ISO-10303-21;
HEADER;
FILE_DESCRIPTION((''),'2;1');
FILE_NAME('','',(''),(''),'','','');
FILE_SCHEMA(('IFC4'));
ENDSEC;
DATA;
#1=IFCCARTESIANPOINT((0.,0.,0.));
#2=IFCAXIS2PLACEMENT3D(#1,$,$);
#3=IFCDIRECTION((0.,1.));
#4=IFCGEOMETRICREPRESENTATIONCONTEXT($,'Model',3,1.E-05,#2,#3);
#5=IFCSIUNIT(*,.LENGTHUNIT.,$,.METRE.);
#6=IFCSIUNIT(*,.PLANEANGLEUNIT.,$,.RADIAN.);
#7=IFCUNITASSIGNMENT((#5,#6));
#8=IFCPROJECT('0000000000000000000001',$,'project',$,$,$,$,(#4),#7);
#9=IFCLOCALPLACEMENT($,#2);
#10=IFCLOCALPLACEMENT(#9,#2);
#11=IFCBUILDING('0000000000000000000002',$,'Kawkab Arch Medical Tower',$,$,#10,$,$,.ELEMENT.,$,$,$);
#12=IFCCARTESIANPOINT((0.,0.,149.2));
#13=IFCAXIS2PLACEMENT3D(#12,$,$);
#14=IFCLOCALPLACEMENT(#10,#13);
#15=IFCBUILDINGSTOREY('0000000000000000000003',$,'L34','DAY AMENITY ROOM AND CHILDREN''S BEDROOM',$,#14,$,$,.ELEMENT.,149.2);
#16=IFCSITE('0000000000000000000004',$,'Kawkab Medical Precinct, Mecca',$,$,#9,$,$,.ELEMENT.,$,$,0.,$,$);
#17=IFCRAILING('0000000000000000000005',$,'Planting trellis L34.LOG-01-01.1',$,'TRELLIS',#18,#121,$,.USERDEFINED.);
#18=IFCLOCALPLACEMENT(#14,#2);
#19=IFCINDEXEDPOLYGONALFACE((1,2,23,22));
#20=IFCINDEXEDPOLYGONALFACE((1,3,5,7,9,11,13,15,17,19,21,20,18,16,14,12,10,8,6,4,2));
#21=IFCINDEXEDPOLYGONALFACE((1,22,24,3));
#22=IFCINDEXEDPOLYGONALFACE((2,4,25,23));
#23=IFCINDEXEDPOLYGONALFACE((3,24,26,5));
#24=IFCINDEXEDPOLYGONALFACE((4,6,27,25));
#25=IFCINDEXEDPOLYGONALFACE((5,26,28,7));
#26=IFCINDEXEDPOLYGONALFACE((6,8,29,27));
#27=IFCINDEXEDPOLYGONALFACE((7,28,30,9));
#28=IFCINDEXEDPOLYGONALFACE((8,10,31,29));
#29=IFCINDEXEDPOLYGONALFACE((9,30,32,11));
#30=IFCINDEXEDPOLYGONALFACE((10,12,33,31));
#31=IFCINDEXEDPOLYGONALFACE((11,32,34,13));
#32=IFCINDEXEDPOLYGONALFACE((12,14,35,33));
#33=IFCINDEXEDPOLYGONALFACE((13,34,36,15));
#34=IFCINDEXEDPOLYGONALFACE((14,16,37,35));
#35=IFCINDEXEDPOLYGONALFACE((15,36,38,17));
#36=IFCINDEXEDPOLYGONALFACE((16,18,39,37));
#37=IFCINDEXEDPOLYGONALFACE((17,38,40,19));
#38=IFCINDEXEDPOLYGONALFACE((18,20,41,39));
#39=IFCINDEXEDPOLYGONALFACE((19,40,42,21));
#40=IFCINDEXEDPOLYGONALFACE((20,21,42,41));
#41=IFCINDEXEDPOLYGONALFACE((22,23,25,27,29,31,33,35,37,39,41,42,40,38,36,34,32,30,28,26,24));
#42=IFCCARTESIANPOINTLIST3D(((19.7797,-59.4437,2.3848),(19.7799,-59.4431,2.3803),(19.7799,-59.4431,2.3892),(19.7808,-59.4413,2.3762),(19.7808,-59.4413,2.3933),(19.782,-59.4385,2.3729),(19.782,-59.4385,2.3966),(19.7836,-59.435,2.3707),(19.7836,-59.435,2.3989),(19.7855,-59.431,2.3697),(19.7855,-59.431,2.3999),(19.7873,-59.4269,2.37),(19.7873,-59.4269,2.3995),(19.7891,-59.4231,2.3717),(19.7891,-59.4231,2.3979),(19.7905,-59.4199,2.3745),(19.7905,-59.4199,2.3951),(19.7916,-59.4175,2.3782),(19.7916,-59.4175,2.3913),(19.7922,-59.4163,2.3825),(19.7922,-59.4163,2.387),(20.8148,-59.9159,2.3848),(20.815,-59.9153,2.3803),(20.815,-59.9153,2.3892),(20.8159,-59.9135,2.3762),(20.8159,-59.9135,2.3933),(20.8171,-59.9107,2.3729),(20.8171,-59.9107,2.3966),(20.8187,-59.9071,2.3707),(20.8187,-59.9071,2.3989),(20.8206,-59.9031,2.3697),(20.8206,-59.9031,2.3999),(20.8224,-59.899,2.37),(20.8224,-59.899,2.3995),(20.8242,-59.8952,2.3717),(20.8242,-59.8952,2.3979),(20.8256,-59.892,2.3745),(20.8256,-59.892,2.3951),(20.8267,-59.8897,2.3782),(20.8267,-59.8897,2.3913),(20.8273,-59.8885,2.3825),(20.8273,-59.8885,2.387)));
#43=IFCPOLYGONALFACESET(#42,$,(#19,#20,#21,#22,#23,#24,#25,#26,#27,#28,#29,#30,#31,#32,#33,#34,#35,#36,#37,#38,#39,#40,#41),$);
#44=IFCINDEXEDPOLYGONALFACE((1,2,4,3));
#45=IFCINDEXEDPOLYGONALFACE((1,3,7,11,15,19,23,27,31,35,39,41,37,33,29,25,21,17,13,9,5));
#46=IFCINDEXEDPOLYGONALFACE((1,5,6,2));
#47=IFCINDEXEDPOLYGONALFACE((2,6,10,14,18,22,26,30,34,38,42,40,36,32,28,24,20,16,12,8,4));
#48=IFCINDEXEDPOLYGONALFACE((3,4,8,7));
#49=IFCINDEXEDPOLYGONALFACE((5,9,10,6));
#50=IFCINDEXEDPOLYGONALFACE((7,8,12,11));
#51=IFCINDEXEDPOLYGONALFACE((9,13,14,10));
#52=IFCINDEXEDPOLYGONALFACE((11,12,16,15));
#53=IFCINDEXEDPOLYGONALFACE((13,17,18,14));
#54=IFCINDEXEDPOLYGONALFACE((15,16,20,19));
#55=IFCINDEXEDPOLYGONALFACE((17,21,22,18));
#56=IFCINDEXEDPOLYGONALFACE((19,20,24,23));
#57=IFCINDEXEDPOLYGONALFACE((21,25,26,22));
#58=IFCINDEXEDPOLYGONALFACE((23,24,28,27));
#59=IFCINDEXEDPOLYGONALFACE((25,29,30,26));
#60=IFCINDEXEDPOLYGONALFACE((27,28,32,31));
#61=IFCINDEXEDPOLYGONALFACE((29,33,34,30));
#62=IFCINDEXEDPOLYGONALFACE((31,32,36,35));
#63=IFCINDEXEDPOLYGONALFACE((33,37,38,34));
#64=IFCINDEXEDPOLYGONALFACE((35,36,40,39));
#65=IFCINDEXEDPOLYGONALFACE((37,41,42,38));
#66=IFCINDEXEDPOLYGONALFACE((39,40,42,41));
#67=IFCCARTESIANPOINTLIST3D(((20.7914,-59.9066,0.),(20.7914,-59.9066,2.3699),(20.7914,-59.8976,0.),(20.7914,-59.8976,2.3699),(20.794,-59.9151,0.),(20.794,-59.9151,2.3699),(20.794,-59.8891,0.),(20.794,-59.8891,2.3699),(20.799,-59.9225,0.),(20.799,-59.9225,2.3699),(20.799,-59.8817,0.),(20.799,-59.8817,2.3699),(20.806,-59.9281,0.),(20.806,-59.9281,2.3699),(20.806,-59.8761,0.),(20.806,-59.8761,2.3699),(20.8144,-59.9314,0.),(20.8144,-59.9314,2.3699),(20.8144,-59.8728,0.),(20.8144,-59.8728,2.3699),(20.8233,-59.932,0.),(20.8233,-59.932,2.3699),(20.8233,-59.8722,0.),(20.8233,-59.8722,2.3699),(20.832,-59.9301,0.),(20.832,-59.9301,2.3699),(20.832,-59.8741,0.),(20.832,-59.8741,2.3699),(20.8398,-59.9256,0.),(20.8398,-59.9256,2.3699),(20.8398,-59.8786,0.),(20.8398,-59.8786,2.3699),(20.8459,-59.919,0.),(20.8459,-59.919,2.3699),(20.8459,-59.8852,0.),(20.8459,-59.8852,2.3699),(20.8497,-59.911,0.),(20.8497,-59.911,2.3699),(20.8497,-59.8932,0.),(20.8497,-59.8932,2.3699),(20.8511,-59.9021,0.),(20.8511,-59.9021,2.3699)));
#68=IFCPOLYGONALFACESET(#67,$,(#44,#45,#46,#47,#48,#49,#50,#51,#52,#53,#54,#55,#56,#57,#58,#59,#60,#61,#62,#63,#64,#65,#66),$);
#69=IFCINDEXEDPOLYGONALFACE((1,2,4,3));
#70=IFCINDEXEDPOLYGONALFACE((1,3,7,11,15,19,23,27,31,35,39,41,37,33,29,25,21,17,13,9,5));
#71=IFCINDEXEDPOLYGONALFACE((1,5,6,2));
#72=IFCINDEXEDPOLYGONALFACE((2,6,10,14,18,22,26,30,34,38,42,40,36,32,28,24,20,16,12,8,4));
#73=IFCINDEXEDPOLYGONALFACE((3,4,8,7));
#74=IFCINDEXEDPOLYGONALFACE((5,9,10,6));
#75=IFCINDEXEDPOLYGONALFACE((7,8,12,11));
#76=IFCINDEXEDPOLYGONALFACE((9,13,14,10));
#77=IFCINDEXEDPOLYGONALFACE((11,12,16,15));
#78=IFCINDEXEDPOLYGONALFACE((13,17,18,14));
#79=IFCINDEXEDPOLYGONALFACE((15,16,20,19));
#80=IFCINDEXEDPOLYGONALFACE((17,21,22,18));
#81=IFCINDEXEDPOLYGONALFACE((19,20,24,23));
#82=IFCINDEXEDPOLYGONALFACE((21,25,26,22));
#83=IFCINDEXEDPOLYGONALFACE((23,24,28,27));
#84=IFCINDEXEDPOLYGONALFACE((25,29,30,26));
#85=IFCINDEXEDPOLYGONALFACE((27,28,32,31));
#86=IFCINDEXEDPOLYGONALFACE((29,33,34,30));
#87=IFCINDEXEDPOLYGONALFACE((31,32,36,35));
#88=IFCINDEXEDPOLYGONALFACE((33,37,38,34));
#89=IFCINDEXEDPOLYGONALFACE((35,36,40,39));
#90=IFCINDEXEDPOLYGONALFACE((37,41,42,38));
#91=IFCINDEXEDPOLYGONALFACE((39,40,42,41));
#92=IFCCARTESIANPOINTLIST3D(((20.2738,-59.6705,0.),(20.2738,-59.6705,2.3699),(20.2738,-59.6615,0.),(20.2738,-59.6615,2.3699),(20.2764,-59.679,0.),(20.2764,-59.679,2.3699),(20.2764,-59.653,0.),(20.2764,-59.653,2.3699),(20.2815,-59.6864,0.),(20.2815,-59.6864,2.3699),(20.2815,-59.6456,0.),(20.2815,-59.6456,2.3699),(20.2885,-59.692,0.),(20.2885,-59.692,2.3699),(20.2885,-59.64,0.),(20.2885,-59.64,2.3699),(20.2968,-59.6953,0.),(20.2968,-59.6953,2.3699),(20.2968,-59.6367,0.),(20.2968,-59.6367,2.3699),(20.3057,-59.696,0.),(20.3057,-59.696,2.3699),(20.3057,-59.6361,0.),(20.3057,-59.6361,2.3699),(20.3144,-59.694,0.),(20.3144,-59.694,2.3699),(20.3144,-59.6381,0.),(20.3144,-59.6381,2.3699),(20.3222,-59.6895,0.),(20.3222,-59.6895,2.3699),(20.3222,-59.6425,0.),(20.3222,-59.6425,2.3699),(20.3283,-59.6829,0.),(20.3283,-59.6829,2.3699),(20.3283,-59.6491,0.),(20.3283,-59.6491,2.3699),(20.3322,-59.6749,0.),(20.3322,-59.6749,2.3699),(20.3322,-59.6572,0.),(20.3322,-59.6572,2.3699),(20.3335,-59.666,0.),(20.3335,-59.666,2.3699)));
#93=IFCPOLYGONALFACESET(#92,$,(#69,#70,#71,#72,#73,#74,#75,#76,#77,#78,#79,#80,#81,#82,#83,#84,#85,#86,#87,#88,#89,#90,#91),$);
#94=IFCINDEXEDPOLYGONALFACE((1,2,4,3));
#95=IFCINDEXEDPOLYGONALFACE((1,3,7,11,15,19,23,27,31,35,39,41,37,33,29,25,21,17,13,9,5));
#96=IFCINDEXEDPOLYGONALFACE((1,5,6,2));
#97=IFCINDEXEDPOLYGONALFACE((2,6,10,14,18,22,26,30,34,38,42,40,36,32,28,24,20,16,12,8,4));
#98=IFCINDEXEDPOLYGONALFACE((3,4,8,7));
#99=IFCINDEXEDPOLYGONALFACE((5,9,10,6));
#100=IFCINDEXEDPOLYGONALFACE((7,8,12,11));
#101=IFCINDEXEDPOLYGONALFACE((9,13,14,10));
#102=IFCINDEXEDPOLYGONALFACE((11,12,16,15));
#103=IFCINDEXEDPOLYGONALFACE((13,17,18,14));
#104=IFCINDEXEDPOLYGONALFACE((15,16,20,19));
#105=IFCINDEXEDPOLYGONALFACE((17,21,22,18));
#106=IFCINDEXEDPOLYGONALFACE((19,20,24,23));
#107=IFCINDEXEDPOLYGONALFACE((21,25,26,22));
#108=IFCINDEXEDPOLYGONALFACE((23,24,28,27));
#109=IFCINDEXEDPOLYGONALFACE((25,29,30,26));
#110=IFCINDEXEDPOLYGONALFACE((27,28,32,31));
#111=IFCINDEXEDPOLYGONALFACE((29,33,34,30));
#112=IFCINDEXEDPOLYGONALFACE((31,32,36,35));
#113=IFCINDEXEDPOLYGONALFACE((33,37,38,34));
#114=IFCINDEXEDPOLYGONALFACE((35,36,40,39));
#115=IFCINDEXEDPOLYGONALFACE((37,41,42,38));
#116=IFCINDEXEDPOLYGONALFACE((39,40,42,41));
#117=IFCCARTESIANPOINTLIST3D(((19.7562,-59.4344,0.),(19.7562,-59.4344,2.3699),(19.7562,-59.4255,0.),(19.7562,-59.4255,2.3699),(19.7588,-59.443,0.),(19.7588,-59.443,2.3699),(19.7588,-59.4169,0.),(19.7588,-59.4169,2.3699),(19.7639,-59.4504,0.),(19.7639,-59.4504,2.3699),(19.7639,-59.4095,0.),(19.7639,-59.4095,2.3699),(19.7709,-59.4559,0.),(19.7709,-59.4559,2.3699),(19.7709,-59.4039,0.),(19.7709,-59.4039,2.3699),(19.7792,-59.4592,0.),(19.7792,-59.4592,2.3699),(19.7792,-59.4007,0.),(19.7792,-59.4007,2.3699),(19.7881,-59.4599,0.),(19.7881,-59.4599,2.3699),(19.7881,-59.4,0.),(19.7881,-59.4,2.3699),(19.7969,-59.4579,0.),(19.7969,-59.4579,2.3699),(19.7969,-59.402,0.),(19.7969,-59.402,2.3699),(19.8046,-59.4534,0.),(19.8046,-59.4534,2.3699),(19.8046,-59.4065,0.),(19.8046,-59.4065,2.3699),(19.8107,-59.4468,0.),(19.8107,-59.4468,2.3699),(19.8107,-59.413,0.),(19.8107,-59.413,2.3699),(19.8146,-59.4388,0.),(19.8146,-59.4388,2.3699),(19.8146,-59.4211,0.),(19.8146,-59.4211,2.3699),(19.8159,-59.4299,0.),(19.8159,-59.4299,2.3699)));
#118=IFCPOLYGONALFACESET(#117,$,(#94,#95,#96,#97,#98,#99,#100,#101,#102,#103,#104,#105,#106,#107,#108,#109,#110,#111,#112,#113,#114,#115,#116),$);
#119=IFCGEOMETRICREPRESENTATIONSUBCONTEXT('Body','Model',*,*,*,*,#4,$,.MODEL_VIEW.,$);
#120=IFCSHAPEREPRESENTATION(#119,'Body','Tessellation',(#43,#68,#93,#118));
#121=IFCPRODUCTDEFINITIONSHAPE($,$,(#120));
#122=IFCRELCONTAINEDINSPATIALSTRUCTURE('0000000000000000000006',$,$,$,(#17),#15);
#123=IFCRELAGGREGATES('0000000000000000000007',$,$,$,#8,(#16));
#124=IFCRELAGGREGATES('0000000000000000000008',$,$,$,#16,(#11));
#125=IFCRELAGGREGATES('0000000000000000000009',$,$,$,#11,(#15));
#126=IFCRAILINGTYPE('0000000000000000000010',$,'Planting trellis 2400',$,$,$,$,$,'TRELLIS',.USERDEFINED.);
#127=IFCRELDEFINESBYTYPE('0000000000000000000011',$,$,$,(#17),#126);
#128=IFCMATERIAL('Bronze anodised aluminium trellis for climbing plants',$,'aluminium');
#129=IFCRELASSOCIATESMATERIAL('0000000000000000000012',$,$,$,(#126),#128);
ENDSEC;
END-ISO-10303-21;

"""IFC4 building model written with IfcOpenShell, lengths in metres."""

from ifc_helpers import new_model, si_unit, direction, frame, origin, origin_2d, place, context, subcontext, project, spatial, circle, extrude, material, type_object, element, save


model = new_model("IFC4")

# Units and contexts
model_context = context("Model", 3, precision=1e-05, world=origin(), true_north=direction((0.0, 1.0)))
body_context = subcontext(model_context, "Body", "Model", "MODEL_VIEW")
ifc_project = project(units=[si_unit("LENGTHUNIT", "METRE"), si_unit("PLANEANGLEUNIT", "RADIAN")], contexts=[model_context])

# Site, building, storey
site_placement = place(None, origin())
site = spatial("IfcSite", under=ifc_project, at=site_placement, Name="Kawkab Medical Precinct, Mecca", CompositionType="ELEMENT", RefElevation=0.0)
building_placement = place(site_placement, origin())
building = spatial("IfcBuilding", under=site, at=building_placement, Name="Kawkab Arch Medical Tower", CompositionType="ELEMENT")
storey_placement = place(building_placement, frame((0.0, 0.0, 149.2)))
storey = spatial("IfcBuildingStorey", under=building, at=storey_placement, Name="L34", Description="DAY AMENITY ROOM AND CHILDREN'S BEDROOM", CompositionType="ELEMENT", Elevation=149.2)

# Railing
ifc_material_1 = material(Name="Bronze anodised aluminium trellis for climbing plants", Category="aluminium")
railing_type_1 = type_object("IfcRailingType", Name="Planting trellis 2400", ElementType="TRELLIS", PredefinedType="USERDEFINED", material=ifc_material_1)
railing_1_placement = place(storey_placement, frame((20.821, -59.9021, 0.0)))
element("IfcRailing", 1, at=railing_1_placement, inside=storey, type_object=railing_type_1, Name="Planting trellis L34.LOG-01-01.1", ObjectType="TRELLIS", PredefinedType="USERDEFINED", context=body_context, shape_type="SweptSolid", body=[
    extrude(circle(Radius=0.0151, at=origin_2d()), frame((0.0, 0.0, 2.3848), z_axis=(-0.909822, 0.414999, 0.0), x_axis=(-0.414999, -0.909822, 0.0)), (0.0, 0.0, 1.0), 1.1377),
    extrude(circle(Radius=0.03, at=origin_2d()), origin(), (0.0, 0.0, 1.0), 2.3699),
    extrude(circle(Radius=0.03, at=origin_2d()), frame((-0.5176, 0.2361, 0.0)), (0.0, 0.0, 1.0), 2.3699),
    extrude(circle(Radius=0.03, at=origin_2d()), frame((-1.0352, 0.4722, 0.0)), (0.0, 0.0, 1.0), 2.3699),
])

save(model, "model.ifc")
